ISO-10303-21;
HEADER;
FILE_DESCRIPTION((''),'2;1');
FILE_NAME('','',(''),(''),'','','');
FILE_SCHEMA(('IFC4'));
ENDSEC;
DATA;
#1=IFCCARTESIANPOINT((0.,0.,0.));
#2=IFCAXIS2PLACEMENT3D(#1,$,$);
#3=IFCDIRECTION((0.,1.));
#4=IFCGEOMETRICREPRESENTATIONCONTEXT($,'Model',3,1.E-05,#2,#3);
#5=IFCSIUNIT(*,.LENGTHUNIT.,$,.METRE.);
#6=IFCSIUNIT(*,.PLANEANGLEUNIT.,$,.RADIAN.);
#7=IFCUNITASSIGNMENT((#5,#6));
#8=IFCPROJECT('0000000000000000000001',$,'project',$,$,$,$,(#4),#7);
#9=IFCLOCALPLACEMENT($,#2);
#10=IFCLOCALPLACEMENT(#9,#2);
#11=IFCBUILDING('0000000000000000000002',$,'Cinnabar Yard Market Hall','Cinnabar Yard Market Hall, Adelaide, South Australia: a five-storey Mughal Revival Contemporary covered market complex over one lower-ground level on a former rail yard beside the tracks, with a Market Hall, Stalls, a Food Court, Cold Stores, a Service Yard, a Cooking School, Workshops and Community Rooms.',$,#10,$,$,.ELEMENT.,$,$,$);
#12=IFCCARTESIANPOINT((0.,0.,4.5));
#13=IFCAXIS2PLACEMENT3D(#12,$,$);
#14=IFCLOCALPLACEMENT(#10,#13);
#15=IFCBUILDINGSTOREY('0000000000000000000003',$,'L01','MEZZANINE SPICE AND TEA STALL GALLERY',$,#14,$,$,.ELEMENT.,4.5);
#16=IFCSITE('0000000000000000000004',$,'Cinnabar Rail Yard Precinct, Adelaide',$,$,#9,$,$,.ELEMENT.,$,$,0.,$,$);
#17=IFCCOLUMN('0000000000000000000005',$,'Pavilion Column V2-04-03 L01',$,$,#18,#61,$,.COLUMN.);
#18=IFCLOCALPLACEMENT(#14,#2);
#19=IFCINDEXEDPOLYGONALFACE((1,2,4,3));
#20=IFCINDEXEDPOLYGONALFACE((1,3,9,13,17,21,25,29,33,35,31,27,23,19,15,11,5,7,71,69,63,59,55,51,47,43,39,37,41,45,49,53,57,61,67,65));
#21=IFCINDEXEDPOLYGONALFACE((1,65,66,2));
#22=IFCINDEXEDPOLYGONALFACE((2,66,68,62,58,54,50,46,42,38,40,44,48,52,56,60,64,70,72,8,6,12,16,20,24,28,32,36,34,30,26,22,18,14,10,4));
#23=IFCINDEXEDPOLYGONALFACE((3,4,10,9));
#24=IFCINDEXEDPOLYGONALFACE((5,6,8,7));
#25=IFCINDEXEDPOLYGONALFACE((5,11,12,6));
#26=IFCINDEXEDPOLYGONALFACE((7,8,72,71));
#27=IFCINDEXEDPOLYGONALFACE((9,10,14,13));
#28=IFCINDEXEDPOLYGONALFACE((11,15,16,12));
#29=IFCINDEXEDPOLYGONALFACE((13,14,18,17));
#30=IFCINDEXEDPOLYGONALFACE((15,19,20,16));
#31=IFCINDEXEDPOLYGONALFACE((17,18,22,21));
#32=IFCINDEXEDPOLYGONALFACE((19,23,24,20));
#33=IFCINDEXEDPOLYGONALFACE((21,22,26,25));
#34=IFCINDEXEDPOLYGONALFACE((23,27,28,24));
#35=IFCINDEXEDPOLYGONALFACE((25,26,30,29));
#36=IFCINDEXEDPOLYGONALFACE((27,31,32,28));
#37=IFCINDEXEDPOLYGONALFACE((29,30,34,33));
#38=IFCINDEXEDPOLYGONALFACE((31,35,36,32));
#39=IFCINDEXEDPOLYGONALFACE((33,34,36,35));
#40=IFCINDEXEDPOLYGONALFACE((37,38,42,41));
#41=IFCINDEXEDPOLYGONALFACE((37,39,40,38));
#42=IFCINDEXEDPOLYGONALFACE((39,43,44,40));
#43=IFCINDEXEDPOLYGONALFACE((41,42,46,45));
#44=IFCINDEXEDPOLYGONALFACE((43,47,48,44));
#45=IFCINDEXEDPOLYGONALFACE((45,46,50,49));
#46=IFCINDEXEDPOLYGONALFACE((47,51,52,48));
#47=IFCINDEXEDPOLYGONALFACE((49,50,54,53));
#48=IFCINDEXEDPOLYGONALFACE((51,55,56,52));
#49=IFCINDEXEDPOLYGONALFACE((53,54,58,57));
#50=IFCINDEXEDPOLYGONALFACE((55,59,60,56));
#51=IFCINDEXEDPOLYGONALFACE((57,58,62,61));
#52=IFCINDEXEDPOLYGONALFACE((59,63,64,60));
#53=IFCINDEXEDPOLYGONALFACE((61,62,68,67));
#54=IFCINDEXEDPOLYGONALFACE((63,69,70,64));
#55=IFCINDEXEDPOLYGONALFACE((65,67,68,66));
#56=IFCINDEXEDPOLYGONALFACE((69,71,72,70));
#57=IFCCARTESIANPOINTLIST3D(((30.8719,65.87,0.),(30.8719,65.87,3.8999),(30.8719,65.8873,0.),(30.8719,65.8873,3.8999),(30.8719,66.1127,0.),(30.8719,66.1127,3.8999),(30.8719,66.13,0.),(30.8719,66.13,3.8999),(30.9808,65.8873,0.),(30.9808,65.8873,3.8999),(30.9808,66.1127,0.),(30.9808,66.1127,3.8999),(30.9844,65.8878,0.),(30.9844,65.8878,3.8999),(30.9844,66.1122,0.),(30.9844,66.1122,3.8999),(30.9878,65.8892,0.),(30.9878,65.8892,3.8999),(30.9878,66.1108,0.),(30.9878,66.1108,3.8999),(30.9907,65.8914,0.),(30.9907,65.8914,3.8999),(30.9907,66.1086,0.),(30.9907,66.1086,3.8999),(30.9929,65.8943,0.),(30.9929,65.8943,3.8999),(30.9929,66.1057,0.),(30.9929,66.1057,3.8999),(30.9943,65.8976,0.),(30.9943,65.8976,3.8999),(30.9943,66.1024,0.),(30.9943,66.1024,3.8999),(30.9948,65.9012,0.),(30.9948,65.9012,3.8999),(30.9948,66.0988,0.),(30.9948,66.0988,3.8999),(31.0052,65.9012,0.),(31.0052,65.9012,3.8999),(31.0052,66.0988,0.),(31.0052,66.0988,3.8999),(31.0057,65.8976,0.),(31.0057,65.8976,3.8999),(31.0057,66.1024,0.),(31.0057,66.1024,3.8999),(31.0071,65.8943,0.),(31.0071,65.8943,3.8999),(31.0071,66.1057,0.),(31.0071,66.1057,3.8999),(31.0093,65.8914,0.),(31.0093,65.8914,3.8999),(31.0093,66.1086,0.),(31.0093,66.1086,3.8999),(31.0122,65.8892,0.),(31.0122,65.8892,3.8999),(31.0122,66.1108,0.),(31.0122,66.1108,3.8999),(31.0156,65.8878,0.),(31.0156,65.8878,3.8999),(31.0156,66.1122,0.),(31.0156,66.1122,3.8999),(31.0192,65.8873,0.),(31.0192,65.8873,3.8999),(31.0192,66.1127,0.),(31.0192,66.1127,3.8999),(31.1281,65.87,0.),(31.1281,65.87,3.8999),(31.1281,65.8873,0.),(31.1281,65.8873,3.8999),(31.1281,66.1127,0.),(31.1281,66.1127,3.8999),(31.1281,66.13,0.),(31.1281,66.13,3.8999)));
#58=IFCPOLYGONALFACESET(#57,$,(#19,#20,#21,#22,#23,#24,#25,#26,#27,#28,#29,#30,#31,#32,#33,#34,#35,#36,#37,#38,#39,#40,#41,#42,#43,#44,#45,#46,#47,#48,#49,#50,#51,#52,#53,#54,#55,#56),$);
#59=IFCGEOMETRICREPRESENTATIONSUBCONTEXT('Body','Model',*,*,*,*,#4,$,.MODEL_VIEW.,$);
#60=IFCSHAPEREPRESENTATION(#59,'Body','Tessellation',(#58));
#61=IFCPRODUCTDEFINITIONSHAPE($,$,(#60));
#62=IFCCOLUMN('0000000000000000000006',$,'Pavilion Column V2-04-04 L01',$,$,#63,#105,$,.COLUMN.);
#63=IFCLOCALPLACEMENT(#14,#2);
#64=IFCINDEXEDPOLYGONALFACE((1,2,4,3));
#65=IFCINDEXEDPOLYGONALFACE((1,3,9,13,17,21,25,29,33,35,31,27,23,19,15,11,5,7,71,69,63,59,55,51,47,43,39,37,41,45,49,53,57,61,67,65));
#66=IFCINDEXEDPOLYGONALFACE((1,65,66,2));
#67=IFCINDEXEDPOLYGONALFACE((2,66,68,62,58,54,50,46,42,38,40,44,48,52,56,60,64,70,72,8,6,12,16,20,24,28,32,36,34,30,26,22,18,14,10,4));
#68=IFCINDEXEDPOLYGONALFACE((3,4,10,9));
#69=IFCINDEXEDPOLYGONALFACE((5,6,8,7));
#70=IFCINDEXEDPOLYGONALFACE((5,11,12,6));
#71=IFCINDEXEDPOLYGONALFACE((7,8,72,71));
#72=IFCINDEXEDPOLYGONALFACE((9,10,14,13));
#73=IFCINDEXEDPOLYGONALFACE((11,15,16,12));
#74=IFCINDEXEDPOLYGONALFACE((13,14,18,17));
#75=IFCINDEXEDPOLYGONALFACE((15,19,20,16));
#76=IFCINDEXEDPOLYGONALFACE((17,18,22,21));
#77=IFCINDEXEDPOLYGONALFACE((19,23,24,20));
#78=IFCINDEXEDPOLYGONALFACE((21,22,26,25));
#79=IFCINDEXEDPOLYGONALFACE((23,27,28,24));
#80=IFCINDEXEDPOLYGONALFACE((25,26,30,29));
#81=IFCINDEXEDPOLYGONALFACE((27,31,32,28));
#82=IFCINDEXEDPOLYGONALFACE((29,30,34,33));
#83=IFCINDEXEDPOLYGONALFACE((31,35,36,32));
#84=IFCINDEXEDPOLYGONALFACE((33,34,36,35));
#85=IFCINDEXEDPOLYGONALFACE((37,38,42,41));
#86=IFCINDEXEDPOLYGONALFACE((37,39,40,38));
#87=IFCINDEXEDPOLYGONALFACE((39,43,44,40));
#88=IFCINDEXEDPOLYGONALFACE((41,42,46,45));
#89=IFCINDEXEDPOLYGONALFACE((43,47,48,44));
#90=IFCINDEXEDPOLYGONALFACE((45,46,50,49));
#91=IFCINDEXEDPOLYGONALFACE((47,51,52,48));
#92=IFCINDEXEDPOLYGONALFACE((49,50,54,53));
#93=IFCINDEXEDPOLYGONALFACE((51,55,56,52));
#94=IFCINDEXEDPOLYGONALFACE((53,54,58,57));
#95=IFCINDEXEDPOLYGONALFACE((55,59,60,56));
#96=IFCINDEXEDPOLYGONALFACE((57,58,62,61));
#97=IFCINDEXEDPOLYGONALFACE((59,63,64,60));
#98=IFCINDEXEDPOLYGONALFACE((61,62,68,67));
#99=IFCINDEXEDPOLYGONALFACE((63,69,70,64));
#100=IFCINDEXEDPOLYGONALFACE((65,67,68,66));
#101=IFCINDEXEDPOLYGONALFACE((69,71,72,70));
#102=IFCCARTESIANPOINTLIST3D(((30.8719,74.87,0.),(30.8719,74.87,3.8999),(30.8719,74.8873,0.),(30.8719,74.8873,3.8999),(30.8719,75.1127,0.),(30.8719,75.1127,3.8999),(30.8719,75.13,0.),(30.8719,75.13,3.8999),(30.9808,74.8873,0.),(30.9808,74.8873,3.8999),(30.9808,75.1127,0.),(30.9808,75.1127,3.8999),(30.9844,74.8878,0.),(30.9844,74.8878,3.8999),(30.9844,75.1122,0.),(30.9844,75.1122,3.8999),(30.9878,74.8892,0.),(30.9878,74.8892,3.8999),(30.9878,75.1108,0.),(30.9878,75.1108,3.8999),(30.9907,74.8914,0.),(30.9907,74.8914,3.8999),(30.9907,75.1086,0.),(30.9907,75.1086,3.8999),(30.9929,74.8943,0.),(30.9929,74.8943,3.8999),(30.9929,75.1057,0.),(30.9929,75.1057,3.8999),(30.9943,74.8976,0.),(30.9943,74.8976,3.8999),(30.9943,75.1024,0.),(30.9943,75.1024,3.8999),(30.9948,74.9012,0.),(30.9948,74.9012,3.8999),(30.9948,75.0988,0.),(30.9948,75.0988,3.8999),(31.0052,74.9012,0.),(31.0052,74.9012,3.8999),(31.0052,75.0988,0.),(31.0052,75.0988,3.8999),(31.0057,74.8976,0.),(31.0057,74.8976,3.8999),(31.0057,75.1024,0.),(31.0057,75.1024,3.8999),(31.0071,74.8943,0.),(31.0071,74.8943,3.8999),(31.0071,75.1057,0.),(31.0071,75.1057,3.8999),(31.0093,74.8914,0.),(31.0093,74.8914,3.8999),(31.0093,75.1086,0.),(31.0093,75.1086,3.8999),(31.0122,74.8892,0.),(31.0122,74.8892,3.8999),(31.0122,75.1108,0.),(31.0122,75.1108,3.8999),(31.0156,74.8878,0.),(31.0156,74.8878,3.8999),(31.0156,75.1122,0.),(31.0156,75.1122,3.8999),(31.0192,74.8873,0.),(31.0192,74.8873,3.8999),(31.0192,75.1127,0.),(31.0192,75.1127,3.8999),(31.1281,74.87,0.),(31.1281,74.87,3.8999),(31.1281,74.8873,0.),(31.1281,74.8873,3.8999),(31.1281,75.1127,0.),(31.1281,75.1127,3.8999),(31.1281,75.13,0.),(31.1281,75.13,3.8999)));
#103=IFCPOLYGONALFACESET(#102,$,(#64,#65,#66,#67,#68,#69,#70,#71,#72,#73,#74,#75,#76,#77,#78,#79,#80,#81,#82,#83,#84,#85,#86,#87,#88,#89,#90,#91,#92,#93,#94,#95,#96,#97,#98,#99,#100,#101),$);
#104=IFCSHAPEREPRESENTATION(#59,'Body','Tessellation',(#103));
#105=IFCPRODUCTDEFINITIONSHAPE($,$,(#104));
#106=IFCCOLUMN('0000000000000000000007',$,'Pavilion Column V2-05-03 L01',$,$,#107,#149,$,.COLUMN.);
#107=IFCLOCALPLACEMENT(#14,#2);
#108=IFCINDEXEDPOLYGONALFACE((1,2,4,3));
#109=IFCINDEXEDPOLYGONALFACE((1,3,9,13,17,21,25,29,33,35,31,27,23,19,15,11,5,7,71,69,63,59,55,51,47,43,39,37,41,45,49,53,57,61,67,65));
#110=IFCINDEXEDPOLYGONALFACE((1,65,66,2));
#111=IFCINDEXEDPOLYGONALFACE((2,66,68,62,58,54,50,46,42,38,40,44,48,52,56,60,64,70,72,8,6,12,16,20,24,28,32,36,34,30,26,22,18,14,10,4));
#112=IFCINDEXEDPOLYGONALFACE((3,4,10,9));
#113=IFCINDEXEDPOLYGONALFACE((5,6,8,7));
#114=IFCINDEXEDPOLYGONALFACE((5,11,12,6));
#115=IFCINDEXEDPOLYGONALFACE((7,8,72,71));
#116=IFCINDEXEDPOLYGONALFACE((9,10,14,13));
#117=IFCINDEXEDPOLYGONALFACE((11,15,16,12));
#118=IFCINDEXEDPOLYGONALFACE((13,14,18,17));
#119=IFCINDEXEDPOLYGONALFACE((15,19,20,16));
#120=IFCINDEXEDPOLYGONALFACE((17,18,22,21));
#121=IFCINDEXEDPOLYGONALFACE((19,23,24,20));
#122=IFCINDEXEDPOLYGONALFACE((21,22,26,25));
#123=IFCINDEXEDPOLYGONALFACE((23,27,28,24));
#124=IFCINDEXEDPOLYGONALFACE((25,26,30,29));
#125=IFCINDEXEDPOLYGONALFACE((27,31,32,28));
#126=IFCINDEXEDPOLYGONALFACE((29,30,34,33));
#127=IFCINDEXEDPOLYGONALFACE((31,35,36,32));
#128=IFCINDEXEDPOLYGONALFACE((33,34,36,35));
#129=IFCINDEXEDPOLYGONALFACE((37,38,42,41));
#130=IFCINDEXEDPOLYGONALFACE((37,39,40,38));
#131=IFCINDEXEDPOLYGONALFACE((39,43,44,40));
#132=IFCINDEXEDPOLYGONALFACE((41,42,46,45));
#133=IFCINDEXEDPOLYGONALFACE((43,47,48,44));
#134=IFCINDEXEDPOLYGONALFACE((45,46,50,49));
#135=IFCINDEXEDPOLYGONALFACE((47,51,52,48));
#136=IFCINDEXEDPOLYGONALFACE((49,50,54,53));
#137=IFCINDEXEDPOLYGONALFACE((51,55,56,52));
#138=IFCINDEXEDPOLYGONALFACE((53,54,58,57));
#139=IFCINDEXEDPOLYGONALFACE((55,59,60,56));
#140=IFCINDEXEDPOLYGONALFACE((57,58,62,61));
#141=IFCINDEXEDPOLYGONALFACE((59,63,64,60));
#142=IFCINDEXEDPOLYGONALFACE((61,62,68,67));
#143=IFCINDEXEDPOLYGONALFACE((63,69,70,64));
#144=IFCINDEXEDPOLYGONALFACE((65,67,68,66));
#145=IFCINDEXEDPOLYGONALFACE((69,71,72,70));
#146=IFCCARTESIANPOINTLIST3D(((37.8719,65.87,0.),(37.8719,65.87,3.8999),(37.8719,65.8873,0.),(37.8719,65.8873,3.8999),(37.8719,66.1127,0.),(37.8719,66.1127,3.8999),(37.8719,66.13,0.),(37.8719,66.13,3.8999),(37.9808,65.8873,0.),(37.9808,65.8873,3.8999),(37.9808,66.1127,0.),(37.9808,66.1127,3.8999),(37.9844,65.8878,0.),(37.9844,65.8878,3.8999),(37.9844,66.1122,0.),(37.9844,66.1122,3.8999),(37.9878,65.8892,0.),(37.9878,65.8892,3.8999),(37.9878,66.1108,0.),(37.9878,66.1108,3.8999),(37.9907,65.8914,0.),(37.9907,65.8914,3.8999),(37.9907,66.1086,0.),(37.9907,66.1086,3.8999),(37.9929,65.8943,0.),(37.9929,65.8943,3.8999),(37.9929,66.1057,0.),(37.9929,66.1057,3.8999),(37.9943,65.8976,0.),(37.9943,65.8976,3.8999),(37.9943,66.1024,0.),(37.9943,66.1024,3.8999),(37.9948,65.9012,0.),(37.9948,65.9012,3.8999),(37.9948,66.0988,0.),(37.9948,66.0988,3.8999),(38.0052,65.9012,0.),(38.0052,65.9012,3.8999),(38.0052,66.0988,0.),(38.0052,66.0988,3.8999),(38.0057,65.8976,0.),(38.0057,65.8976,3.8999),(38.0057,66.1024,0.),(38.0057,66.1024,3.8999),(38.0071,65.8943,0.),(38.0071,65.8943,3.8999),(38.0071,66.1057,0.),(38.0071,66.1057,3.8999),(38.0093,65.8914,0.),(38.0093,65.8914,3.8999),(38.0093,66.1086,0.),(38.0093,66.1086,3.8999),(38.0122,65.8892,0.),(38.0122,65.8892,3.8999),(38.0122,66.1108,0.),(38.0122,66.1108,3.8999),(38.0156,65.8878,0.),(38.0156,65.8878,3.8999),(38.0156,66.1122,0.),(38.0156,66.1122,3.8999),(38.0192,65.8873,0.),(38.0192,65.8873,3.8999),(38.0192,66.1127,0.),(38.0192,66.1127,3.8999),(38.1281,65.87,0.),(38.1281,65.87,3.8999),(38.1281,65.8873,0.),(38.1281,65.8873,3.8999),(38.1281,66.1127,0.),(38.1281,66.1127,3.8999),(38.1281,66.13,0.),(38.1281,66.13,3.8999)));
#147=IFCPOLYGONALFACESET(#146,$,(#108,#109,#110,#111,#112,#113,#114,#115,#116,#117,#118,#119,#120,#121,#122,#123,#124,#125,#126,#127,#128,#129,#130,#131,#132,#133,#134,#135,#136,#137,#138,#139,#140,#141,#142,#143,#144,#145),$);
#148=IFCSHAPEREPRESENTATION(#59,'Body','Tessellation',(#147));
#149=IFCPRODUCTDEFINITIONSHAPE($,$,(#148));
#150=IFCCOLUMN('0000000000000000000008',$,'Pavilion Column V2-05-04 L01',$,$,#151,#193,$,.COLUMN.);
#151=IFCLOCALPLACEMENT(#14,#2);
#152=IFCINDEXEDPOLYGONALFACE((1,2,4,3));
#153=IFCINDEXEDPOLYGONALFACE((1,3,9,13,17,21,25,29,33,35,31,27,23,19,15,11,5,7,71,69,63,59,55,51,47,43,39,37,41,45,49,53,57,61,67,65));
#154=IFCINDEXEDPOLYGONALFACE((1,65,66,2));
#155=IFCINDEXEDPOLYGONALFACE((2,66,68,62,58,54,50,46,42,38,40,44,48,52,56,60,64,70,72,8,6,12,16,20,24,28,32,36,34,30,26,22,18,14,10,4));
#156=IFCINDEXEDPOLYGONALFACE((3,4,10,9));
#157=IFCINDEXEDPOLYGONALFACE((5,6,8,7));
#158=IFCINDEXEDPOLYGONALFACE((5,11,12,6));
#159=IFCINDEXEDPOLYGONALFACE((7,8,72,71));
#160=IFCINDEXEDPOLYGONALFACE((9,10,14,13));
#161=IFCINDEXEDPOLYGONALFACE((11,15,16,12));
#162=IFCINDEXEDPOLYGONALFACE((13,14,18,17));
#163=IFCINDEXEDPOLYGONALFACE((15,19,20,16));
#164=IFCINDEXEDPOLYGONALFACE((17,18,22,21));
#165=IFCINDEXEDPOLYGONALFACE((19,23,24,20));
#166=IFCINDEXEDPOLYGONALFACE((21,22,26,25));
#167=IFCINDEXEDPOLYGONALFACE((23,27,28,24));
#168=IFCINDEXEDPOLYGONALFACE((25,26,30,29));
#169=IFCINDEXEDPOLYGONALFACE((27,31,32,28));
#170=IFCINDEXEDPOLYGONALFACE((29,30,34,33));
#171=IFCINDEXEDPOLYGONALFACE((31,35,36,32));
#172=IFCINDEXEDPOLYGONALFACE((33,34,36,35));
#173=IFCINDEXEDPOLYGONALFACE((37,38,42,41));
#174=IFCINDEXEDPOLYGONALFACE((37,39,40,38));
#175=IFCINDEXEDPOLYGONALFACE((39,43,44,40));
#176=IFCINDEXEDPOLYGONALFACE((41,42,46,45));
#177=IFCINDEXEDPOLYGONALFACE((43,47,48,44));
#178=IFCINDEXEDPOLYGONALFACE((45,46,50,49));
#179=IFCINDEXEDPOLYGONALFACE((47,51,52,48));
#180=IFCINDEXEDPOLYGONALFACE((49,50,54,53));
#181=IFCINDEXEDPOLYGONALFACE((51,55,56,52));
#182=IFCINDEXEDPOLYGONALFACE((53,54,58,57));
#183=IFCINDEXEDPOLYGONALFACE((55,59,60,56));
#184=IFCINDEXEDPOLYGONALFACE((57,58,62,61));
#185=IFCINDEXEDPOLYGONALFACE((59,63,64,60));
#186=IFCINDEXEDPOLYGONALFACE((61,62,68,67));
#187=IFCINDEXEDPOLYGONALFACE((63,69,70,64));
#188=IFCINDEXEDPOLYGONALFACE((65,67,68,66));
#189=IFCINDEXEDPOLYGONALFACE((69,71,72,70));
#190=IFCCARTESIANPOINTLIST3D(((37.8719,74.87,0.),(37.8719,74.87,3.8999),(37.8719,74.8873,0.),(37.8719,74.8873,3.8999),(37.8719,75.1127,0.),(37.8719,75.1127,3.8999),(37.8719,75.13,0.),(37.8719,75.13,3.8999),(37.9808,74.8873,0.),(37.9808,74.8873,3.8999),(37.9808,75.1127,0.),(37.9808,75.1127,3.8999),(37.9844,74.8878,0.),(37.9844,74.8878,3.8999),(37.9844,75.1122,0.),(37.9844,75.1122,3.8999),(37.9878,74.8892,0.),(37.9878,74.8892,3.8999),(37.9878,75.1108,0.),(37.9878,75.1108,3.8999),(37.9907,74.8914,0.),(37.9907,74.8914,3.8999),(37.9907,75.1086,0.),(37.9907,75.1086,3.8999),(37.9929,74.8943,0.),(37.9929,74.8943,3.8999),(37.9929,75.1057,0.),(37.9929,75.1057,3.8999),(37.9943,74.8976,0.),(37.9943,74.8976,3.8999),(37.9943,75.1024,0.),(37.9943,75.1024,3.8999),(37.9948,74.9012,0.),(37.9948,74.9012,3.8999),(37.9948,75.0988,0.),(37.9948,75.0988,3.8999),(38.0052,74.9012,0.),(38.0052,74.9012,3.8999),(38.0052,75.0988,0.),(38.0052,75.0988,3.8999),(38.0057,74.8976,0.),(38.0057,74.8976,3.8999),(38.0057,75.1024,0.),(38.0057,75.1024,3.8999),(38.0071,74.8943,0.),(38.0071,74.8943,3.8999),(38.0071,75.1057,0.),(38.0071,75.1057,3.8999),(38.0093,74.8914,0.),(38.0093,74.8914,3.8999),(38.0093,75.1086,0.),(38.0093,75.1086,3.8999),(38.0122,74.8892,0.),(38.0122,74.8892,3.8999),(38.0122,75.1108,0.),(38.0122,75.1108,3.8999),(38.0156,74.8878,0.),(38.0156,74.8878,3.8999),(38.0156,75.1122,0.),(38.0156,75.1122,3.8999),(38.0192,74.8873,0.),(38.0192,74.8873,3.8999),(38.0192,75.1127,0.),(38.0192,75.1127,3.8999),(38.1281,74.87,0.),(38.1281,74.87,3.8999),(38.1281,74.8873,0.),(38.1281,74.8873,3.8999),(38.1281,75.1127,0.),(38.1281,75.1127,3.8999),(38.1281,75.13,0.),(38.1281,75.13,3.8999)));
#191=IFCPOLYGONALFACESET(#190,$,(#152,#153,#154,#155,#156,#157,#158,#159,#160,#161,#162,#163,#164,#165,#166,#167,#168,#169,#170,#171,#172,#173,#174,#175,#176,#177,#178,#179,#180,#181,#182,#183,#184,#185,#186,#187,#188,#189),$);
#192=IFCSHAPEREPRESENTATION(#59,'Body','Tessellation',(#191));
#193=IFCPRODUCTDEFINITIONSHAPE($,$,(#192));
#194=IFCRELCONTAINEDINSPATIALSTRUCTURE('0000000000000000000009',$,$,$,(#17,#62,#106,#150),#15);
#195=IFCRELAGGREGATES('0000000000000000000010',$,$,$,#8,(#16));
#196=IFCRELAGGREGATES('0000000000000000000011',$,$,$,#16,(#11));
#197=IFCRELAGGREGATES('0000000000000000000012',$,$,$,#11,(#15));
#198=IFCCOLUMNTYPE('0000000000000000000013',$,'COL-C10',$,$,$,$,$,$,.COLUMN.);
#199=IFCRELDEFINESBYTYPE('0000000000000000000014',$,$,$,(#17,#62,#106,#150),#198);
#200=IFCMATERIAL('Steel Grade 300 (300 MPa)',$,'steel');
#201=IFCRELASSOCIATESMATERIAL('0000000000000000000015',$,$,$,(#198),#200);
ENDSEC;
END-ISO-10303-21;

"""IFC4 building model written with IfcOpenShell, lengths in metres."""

from ifc_helpers import new_model, si_unit, direction, frame, origin, origin_2d_with_axis, place, context, subcontext, project, spatial, i_section, extrude, material, material_profile, profile_set, type_object, element, save


model = new_model("IFC4")

# Units and contexts
model_context = context("Model", 3, precision=1e-05, world=origin(), true_north=direction((0.0, 1.0)))
body_context = subcontext(model_context, "Body", "Model", "MODEL_VIEW")
ifc_project = project(units=[si_unit("LENGTHUNIT", "METRE"), si_unit("PLANEANGLEUNIT", "RADIAN")], contexts=[model_context])

# Site, building, storey
site_placement = place(None, origin())
site = spatial("IfcSite", under=ifc_project, at=site_placement, Name="Cinnabar Rail Yard Precinct, Adelaide", CompositionType="ELEMENT", RefElevation=0.0)
building_placement = place(site_placement, origin())
building = spatial("IfcBuilding", under=site, at=building_placement, Name="Cinnabar Yard Market Hall", Description="Cinnabar Yard Market Hall, Adelaide, South Australia: a five-storey Mughal Revival Contemporary covered market complex over one lower-ground level on a former rail yard beside the tracks, with a Market Hall, Stalls, a Food Court, Cold Stores, a Service Yard, a Cooking School, Workshops and Community Rooms.", CompositionType="ELEMENT")
storey_placement = place(building_placement, frame((0.0, 0.0, 4.5)))
storey = spatial("IfcBuildingStorey", under=building, at=storey_placement, Name="L01", Description="MEZZANINE SPICE AND TEA STALL GALLERY", CompositionType="ELEMENT", Elevation=4.5)

# Columns
ifc_material_1 = material(Name="Steel Grade 300 (300 MPa)", Category="steel")
ifc_material_profile_1 = material_profile(ifc_material_1, i_section(OverallWidth=0.2561, OverallDepth=0.26, WebThickness=0.0105, FlangeThickness=0.0173, FilletRadius=0.0139, at=origin_2d_with_axis()), Name="250UC89.5")
ifc_profile_set_1 = profile_set([ifc_material_profile_1], Name="Steel Grade 300 (300 MPa)")
column_type_1 = type_object("IfcColumnType", Name="COL-C10", PredefinedType="COLUMN", material=ifc_profile_set_1)
for number, where, z_axis, x_axis, name in (
    (1, (31.0, 66.0, 0.0), (0.0, 0.0, 1.0), (1.0, 0.0, 0.0), "Pavilion Column V2-04-03 L01"),
    (2, (31.0, 75.0, 0.0), (0.0, 0.0, 1.0), (1.0, 0.0, 0.0), "Pavilion Column V2-04-04 L01"),
    (3, (38.0, 66.0, 0.0), (0.0, 0.0, 1.0), (1.0, 0.0, 0.0), "Pavilion Column V2-05-03 L01"),
    (4, (38.0, 75.0, 0.0), (0.0, 0.0, 1.0), (1.0, 0.0, 0.0), "Pavilion Column V2-05-04 L01"),
):
    element("IfcColumn", number, at=place(storey_placement, frame(where, z_axis=z_axis, x_axis=x_axis)), inside=storey, type_object=column_type_1, Name=name, PredefinedType="COLUMN", context=body_context, shape_type="SweptSolid", body=[
        extrude(i_section(OverallWidth=0.2561, OverallDepth=0.26, WebThickness=0.0105, FlangeThickness=0.0173, FilletRadius=0.0139, at=origin_2d_with_axis()), origin(), (0.0, 0.0, 1.0), 3.8999),
    ])

save(model, "model.ifc")
